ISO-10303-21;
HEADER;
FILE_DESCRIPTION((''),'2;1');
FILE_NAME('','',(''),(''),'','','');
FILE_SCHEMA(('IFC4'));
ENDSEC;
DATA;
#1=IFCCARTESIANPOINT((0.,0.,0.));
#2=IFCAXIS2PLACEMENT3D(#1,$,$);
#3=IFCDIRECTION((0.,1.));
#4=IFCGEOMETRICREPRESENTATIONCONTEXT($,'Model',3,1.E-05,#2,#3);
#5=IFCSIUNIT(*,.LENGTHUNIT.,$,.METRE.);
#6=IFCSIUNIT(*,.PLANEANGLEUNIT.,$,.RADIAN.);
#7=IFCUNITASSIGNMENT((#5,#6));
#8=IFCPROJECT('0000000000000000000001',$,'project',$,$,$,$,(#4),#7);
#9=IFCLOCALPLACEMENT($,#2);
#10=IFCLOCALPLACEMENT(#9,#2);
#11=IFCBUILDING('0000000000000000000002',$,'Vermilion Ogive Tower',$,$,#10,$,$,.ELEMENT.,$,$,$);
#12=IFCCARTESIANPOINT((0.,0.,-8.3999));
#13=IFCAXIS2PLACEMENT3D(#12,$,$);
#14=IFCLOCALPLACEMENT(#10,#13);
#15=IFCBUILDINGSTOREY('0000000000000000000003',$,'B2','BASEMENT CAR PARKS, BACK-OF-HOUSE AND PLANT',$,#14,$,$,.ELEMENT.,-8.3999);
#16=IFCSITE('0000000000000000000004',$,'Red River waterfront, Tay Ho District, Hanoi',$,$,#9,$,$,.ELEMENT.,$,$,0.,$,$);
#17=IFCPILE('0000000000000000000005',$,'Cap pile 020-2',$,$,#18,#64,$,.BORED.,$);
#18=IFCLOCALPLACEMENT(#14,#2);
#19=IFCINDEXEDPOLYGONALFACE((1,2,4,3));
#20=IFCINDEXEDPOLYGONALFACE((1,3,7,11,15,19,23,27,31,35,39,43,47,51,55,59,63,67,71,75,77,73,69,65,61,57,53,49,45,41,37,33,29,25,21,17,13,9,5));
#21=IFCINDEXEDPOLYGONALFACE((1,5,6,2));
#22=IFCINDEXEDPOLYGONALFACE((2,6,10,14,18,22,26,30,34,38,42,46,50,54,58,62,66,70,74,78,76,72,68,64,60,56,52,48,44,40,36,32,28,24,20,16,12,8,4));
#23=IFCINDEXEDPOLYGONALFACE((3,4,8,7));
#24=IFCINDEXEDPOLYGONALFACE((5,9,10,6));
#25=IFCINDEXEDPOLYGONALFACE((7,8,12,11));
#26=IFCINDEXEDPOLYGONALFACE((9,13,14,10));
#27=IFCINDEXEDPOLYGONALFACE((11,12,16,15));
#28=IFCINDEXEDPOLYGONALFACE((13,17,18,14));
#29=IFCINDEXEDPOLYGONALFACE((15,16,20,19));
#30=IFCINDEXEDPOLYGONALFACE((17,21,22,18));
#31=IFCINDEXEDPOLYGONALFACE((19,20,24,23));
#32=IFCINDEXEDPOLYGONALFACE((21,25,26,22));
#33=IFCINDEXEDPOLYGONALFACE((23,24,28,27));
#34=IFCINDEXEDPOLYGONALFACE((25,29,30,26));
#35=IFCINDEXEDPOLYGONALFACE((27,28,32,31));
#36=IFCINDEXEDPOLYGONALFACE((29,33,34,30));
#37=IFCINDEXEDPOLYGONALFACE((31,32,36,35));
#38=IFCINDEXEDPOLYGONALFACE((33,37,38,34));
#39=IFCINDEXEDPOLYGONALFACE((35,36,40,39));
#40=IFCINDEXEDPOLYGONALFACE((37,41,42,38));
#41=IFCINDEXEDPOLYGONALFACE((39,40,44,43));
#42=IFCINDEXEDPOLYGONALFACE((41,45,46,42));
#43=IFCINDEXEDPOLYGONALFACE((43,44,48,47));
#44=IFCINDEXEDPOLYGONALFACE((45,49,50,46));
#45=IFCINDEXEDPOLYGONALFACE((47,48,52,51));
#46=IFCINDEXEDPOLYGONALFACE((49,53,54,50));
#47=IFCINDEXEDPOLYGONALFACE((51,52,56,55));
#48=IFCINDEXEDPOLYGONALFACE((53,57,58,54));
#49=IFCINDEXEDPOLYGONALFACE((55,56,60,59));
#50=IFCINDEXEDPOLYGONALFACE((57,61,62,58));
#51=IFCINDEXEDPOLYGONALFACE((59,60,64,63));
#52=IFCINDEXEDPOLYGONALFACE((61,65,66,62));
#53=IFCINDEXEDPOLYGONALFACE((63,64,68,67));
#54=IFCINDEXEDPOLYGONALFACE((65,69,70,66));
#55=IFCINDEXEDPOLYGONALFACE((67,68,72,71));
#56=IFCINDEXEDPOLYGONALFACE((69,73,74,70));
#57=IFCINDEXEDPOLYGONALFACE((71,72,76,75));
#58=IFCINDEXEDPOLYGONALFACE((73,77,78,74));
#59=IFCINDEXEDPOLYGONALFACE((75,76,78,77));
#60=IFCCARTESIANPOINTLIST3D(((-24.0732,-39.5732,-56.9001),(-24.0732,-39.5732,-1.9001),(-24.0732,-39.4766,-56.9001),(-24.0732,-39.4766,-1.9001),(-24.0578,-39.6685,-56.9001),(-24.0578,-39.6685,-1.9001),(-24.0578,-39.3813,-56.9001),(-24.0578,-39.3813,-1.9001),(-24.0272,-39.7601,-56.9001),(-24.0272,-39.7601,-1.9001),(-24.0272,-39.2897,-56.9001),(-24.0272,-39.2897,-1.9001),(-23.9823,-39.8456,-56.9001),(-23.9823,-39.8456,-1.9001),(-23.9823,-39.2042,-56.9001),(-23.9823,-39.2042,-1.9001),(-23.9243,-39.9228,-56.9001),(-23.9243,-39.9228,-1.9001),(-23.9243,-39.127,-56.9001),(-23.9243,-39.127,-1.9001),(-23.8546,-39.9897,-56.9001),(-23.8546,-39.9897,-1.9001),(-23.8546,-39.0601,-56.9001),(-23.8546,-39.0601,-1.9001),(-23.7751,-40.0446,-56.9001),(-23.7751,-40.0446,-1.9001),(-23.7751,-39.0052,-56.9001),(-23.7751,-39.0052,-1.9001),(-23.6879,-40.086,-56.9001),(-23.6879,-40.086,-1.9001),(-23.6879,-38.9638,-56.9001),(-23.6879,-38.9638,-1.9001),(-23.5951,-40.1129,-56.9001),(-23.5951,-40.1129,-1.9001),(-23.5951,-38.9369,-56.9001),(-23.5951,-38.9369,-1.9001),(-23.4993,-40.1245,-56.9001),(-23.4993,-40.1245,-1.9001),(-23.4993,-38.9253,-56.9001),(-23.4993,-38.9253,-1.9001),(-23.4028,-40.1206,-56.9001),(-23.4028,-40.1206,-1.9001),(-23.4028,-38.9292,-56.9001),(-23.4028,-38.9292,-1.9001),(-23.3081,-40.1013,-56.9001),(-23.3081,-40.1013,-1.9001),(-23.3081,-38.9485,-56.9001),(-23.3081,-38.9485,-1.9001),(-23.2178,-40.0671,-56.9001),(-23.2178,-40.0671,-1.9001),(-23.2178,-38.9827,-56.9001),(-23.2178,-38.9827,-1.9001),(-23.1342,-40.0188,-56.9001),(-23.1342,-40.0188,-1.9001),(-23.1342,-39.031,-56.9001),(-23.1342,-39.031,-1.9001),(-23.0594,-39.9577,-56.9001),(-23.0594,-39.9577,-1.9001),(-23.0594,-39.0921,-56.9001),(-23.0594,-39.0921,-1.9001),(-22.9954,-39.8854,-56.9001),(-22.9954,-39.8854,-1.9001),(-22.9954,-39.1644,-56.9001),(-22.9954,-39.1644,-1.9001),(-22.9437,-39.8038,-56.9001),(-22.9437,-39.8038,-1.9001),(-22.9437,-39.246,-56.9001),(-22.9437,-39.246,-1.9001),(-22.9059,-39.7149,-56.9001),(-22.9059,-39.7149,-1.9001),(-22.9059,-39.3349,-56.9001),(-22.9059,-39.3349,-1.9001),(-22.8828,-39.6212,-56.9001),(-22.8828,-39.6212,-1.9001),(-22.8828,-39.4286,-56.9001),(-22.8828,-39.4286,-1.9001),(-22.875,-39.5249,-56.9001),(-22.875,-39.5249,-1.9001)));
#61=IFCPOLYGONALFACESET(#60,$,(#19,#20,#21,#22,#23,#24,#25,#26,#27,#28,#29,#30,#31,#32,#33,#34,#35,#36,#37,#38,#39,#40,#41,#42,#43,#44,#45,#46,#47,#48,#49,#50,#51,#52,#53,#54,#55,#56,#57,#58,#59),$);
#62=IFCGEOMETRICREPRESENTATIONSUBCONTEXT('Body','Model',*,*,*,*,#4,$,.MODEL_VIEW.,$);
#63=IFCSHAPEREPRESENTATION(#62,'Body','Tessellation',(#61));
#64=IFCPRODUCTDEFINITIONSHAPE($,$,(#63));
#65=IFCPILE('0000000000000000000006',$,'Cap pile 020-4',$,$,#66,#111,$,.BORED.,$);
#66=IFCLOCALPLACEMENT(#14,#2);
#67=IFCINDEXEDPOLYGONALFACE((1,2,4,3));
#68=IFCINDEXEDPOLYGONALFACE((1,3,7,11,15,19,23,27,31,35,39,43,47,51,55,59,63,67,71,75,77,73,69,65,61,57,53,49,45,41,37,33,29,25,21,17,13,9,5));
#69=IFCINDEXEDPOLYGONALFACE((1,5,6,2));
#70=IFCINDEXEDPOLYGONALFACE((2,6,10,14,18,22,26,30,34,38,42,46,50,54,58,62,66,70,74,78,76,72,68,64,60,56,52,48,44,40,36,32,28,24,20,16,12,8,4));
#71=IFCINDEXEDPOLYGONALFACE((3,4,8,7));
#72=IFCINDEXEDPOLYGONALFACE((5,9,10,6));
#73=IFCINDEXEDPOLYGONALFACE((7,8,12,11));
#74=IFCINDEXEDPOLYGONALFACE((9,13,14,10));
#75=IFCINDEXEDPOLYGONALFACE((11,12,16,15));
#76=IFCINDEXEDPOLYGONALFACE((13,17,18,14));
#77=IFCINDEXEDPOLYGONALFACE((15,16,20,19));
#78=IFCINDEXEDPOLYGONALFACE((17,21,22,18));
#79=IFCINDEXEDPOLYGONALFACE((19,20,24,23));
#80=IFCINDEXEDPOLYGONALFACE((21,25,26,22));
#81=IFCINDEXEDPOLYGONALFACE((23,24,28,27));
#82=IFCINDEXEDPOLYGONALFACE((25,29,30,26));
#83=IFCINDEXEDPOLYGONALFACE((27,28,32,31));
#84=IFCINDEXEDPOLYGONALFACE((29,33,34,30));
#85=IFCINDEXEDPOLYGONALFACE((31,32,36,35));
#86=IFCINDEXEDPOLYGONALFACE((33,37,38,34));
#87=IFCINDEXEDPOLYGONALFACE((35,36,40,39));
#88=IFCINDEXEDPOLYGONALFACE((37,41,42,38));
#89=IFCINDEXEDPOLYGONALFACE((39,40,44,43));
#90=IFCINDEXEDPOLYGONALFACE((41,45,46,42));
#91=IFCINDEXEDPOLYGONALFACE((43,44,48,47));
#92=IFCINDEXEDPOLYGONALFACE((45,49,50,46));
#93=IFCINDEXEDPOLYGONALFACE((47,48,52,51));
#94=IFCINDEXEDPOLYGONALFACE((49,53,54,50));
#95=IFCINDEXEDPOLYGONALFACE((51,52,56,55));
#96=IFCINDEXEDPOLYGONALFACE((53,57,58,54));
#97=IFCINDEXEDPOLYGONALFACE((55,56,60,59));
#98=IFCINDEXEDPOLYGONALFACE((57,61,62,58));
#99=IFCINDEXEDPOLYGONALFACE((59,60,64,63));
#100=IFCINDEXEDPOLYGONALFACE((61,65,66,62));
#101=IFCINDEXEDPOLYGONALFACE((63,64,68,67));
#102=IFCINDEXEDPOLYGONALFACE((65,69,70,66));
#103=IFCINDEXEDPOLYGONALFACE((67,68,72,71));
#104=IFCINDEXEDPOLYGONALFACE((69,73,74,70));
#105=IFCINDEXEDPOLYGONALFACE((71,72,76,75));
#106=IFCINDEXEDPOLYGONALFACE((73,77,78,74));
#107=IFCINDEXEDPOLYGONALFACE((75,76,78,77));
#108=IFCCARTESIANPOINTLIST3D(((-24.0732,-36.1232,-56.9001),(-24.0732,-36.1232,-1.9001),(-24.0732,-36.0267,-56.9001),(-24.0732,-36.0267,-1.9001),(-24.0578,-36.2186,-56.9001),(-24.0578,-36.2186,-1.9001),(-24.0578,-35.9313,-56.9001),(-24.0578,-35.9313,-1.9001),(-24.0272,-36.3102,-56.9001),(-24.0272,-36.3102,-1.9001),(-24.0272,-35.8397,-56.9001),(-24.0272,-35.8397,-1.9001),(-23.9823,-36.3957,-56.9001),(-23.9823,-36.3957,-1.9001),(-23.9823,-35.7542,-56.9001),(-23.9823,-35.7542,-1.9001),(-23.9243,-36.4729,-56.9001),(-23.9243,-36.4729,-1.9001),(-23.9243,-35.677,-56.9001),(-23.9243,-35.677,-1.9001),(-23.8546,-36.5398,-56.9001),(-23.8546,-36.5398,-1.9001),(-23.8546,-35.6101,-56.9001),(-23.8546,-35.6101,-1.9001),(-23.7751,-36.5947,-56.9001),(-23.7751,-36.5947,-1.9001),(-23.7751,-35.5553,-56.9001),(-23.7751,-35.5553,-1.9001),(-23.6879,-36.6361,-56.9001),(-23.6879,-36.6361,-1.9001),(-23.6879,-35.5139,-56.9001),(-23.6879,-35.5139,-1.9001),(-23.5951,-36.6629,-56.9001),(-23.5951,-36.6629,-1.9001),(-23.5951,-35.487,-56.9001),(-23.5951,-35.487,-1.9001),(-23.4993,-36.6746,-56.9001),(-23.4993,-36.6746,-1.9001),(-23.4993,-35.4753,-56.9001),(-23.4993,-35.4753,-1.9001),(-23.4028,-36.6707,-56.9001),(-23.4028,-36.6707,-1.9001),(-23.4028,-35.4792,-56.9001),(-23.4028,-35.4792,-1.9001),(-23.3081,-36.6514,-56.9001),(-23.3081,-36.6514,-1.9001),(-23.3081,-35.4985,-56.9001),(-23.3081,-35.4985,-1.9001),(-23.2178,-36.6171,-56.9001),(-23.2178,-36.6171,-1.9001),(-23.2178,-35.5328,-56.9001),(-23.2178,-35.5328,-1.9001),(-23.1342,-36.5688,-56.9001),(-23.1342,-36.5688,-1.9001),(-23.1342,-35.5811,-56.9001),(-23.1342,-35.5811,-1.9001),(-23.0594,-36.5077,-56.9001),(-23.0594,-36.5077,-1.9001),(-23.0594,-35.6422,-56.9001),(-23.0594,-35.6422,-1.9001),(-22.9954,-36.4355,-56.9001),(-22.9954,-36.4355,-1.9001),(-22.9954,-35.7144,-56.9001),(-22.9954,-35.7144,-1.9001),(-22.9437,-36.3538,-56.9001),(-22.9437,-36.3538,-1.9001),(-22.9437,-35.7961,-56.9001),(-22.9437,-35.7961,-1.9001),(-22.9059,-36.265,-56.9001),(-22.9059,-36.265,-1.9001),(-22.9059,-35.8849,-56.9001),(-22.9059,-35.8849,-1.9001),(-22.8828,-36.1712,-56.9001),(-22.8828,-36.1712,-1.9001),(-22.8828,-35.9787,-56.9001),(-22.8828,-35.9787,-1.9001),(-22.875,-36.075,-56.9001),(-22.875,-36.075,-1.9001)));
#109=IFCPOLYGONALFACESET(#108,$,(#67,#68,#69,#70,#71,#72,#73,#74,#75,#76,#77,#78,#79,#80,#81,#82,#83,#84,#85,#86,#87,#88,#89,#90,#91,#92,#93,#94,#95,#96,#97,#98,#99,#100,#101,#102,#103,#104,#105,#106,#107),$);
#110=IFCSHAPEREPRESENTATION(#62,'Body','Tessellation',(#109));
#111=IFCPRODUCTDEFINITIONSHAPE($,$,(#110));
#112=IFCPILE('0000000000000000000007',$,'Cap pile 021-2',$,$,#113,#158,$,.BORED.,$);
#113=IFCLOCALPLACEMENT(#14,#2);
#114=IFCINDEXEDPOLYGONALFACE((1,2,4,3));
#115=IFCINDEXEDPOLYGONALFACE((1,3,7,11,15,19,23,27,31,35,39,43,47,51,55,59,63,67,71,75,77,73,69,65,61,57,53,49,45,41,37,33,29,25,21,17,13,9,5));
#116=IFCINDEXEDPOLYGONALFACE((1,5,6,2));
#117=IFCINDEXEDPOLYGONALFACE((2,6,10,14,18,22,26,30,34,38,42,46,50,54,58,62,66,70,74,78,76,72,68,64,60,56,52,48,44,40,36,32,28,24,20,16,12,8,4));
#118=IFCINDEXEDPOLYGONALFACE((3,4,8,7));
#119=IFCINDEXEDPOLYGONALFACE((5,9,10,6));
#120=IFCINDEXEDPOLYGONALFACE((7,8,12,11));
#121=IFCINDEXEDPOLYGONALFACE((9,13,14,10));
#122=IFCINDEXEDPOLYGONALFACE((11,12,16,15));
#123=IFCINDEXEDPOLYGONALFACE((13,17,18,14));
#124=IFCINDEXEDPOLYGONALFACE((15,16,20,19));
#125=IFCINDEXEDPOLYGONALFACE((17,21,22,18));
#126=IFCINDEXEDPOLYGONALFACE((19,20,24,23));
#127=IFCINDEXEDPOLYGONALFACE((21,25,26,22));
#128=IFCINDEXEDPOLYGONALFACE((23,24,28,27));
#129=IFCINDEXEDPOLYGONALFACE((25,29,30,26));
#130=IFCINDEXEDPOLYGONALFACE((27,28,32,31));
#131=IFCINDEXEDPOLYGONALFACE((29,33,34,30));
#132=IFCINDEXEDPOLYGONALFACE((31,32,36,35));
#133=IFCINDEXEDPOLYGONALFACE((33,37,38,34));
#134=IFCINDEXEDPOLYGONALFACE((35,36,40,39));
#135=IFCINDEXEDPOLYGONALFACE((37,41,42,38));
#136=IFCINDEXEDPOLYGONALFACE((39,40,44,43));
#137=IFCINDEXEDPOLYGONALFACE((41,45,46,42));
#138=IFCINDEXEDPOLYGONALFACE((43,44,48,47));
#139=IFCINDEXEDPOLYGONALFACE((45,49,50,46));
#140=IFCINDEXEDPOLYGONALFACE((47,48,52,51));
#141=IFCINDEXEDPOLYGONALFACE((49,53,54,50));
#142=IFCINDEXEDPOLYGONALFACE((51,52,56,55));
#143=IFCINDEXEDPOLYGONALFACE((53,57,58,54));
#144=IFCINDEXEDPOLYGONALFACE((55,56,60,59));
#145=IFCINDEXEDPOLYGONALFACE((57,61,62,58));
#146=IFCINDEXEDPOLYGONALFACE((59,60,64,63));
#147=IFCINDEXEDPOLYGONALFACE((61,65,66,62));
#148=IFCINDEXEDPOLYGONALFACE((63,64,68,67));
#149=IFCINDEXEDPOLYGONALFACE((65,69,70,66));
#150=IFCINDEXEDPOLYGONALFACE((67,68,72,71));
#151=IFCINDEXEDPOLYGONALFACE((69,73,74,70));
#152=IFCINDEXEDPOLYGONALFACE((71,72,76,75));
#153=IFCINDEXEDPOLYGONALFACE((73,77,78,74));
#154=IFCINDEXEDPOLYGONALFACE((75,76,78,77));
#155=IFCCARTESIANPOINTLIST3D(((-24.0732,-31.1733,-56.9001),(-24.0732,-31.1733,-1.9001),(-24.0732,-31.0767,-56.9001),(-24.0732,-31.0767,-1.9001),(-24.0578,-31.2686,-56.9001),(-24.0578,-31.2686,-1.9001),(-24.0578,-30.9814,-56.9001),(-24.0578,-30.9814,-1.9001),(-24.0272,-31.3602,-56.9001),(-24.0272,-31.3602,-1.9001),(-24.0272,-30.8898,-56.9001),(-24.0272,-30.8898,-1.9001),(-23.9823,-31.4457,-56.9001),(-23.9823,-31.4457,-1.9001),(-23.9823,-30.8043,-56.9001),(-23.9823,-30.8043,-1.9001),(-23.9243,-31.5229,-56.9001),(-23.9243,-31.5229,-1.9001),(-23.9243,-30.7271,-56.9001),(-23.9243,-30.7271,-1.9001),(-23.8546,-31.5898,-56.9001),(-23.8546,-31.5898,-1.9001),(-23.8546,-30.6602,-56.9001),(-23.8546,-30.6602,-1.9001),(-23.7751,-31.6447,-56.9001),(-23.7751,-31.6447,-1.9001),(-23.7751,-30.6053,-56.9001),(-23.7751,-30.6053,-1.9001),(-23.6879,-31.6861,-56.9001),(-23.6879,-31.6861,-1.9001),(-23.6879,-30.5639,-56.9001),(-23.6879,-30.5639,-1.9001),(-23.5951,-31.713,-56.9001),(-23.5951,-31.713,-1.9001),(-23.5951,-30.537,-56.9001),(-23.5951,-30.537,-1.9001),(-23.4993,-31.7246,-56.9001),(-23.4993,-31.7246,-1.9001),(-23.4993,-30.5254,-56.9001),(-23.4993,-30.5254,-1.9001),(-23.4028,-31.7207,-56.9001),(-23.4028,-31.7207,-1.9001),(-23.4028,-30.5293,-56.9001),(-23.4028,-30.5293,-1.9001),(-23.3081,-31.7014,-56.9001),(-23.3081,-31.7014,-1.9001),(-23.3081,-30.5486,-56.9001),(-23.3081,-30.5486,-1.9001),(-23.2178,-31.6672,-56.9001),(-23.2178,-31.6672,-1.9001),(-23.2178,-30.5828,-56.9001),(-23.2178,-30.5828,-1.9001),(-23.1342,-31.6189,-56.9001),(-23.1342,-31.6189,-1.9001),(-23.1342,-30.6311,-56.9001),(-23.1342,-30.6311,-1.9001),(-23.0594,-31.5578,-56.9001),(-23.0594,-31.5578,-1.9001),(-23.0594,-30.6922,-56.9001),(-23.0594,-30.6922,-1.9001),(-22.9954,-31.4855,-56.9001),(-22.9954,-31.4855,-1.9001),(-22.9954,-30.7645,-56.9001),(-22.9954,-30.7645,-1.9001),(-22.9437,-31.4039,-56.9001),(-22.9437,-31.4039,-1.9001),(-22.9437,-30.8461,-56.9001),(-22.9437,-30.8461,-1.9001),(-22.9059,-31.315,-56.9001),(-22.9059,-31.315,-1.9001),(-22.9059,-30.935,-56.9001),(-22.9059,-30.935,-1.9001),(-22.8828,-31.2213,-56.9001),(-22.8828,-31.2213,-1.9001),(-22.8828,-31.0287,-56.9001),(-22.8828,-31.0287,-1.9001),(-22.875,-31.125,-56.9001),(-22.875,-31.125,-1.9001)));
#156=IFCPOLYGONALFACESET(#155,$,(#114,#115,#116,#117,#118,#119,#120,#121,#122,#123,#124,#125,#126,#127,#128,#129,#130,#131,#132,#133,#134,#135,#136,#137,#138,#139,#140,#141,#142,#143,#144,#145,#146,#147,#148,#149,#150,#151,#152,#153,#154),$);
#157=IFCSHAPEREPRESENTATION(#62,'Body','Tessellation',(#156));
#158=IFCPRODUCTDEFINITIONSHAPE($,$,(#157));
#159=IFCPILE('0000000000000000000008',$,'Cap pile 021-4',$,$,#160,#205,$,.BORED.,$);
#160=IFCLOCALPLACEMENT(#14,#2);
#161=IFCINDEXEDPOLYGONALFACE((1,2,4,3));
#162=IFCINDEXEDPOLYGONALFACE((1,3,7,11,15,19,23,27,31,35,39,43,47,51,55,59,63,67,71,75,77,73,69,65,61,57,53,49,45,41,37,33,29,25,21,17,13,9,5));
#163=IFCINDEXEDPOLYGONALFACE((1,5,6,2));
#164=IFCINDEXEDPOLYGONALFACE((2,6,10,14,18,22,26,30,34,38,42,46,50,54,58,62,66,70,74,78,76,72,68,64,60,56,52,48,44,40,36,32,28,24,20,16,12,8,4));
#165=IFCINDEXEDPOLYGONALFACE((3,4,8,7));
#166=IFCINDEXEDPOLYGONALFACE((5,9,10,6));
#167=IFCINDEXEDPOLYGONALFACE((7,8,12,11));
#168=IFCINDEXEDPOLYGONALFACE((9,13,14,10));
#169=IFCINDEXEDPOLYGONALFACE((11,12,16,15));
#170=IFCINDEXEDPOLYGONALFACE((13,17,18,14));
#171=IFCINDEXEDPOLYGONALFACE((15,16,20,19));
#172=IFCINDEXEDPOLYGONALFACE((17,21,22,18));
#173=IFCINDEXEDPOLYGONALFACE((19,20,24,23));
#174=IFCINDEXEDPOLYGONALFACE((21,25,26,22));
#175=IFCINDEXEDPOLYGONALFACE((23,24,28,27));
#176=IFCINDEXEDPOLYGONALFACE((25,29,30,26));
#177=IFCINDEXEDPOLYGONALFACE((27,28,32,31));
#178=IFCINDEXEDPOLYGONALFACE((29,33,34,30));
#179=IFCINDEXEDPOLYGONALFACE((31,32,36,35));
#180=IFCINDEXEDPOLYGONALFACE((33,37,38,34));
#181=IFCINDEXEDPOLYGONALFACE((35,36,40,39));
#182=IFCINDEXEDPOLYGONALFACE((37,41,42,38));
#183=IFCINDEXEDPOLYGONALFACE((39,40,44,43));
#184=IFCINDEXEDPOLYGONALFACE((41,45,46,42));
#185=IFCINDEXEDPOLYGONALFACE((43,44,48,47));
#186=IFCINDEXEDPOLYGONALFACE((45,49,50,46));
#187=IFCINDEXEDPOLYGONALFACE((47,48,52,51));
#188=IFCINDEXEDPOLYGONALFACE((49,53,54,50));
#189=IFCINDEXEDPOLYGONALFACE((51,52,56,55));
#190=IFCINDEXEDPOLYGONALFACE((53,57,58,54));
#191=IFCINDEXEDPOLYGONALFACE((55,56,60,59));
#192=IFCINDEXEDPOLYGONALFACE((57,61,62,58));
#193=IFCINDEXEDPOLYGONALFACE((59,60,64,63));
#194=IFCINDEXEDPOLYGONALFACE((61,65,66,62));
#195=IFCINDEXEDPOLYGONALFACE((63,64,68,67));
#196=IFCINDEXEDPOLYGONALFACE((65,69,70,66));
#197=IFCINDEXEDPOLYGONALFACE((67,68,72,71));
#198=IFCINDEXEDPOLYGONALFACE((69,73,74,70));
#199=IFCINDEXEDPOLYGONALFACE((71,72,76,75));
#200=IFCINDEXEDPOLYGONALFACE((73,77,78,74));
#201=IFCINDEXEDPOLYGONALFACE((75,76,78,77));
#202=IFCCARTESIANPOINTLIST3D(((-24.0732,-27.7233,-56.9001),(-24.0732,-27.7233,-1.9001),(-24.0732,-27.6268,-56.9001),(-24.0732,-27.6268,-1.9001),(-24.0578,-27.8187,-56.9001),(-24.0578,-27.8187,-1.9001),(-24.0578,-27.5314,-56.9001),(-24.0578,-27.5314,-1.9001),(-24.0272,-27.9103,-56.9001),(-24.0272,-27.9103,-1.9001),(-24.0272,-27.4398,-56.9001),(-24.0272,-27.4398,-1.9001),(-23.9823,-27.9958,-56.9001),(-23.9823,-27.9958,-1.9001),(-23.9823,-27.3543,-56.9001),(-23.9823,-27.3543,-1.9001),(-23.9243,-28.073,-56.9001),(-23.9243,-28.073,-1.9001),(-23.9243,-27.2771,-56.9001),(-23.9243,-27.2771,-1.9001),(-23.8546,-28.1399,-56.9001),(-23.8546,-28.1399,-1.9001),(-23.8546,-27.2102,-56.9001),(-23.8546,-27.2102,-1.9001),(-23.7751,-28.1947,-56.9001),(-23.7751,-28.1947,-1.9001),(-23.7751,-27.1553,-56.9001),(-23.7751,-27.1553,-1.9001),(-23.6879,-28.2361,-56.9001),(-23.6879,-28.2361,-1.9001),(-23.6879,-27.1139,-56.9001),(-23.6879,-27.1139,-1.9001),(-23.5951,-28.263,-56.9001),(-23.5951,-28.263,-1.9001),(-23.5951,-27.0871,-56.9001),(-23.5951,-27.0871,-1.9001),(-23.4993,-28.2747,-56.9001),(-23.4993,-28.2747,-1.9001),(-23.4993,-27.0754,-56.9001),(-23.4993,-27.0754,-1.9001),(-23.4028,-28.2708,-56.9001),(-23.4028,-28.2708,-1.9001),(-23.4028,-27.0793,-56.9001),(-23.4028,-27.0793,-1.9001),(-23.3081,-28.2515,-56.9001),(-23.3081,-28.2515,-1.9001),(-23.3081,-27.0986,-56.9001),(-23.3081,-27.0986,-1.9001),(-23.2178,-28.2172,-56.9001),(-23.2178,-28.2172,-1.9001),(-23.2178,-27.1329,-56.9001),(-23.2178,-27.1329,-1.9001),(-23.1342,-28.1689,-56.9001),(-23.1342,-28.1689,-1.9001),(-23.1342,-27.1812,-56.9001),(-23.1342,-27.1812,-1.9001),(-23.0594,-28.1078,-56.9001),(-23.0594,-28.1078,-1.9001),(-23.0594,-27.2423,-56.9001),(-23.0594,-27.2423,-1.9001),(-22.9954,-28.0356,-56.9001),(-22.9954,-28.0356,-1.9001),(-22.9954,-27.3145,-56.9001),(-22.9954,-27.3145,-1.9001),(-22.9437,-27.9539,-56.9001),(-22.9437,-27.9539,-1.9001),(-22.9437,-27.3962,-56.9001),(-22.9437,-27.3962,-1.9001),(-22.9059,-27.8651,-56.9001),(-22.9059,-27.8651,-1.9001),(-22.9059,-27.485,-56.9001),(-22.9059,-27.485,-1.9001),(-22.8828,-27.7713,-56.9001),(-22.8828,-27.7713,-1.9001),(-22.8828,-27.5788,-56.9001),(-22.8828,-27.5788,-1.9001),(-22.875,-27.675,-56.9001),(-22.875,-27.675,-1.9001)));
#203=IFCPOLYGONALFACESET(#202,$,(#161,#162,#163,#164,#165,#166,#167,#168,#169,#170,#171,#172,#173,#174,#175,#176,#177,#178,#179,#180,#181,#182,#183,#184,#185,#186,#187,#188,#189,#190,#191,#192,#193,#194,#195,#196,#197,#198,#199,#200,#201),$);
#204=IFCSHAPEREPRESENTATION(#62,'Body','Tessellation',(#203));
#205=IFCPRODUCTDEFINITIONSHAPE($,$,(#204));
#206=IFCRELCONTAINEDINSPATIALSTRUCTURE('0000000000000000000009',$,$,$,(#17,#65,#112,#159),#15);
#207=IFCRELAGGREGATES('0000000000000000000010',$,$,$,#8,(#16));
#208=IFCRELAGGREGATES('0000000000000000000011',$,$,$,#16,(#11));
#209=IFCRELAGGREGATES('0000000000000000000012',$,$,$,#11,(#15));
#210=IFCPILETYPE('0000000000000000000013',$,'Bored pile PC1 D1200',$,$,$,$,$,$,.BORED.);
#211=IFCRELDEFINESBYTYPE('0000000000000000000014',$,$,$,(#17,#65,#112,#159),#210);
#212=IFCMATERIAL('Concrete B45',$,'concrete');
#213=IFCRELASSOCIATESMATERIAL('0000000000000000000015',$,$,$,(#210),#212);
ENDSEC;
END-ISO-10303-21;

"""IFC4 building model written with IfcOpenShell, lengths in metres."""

from ifc_helpers import new_model, si_unit, direction, frame, origin, origin_2d, place, context, subcontext, project, spatial, circle, extrude, material, type_object, element, save


model = new_model("IFC4")

# Units and contexts
model_context = context("Model", 3, precision=1e-05, world=origin(), true_north=direction((0.0, 1.0)))
body_context = subcontext(model_context, "Body", "Model", "MODEL_VIEW")
ifc_project = project(units=[si_unit("LENGTHUNIT", "METRE"), si_unit("PLANEANGLEUNIT", "RADIAN")], contexts=[model_context])

# Site, building, storey
site_placement = place(None, origin())
site = spatial("IfcSite", under=ifc_project, at=site_placement, Name="Red River waterfront, Tay Ho District, Hanoi", CompositionType="ELEMENT", RefElevation=0.0)
building_placement = place(site_placement, origin())
building = spatial("IfcBuilding", under=site, at=building_placement, Name="Vermilion Ogive Tower", CompositionType="ELEMENT")
storey_placement = place(building_placement, frame((0.0, 0.0, -8.3999)))
storey = spatial("IfcBuildingStorey", under=building, at=storey_placement, Name="B2", Description="BASEMENT CAR PARKS, BACK-OF-HOUSE AND PLANT", CompositionType="ELEMENT", Elevation=-8.3999)

# Piles
ifc_material_1 = material(Name="Concrete B45", Category="concrete")
pile_type_1 = type_object("IfcPileType", Name="Bored pile PC1 D1200", PredefinedType="BORED", material=ifc_material_1)
for number, where, z_axis, x_axis, name in (
    (1, (-23.4751, -39.5249, -1.9001), (0.0, 0.0, -1.0), (1.0, 0.0, 0.0), "Cap pile 020-2"),
    (2, (-23.4751, -36.075, -1.9001), (0.0, 0.0, -1.0), (1.0, 0.0, 0.0), "Cap pile 020-4"),
    (3, (-23.4751, -31.125, -1.9001), (0.0, 0.0, -1.0), (1.0, 0.0, 0.0), "Cap pile 021-2"),
    (4, (-23.4751, -27.675, -1.9001), (0.0, 0.0, -1.0), (1.0, 0.0, 0.0), "Cap pile 021-4"),
):
    element("IfcPile", number, at=place(storey_placement, frame(where, z_axis=z_axis, x_axis=x_axis)), inside=storey, type_object=pile_type_1, Name=name, PredefinedType="BORED", context=body_context, shape_type="SweptSolid", body=[
        extrude(circle(Radius=0.6001, at=origin_2d()), origin(), (0.0, 0.0, 1.0), 55.0),
    ])

save(model, "model.ifc")
